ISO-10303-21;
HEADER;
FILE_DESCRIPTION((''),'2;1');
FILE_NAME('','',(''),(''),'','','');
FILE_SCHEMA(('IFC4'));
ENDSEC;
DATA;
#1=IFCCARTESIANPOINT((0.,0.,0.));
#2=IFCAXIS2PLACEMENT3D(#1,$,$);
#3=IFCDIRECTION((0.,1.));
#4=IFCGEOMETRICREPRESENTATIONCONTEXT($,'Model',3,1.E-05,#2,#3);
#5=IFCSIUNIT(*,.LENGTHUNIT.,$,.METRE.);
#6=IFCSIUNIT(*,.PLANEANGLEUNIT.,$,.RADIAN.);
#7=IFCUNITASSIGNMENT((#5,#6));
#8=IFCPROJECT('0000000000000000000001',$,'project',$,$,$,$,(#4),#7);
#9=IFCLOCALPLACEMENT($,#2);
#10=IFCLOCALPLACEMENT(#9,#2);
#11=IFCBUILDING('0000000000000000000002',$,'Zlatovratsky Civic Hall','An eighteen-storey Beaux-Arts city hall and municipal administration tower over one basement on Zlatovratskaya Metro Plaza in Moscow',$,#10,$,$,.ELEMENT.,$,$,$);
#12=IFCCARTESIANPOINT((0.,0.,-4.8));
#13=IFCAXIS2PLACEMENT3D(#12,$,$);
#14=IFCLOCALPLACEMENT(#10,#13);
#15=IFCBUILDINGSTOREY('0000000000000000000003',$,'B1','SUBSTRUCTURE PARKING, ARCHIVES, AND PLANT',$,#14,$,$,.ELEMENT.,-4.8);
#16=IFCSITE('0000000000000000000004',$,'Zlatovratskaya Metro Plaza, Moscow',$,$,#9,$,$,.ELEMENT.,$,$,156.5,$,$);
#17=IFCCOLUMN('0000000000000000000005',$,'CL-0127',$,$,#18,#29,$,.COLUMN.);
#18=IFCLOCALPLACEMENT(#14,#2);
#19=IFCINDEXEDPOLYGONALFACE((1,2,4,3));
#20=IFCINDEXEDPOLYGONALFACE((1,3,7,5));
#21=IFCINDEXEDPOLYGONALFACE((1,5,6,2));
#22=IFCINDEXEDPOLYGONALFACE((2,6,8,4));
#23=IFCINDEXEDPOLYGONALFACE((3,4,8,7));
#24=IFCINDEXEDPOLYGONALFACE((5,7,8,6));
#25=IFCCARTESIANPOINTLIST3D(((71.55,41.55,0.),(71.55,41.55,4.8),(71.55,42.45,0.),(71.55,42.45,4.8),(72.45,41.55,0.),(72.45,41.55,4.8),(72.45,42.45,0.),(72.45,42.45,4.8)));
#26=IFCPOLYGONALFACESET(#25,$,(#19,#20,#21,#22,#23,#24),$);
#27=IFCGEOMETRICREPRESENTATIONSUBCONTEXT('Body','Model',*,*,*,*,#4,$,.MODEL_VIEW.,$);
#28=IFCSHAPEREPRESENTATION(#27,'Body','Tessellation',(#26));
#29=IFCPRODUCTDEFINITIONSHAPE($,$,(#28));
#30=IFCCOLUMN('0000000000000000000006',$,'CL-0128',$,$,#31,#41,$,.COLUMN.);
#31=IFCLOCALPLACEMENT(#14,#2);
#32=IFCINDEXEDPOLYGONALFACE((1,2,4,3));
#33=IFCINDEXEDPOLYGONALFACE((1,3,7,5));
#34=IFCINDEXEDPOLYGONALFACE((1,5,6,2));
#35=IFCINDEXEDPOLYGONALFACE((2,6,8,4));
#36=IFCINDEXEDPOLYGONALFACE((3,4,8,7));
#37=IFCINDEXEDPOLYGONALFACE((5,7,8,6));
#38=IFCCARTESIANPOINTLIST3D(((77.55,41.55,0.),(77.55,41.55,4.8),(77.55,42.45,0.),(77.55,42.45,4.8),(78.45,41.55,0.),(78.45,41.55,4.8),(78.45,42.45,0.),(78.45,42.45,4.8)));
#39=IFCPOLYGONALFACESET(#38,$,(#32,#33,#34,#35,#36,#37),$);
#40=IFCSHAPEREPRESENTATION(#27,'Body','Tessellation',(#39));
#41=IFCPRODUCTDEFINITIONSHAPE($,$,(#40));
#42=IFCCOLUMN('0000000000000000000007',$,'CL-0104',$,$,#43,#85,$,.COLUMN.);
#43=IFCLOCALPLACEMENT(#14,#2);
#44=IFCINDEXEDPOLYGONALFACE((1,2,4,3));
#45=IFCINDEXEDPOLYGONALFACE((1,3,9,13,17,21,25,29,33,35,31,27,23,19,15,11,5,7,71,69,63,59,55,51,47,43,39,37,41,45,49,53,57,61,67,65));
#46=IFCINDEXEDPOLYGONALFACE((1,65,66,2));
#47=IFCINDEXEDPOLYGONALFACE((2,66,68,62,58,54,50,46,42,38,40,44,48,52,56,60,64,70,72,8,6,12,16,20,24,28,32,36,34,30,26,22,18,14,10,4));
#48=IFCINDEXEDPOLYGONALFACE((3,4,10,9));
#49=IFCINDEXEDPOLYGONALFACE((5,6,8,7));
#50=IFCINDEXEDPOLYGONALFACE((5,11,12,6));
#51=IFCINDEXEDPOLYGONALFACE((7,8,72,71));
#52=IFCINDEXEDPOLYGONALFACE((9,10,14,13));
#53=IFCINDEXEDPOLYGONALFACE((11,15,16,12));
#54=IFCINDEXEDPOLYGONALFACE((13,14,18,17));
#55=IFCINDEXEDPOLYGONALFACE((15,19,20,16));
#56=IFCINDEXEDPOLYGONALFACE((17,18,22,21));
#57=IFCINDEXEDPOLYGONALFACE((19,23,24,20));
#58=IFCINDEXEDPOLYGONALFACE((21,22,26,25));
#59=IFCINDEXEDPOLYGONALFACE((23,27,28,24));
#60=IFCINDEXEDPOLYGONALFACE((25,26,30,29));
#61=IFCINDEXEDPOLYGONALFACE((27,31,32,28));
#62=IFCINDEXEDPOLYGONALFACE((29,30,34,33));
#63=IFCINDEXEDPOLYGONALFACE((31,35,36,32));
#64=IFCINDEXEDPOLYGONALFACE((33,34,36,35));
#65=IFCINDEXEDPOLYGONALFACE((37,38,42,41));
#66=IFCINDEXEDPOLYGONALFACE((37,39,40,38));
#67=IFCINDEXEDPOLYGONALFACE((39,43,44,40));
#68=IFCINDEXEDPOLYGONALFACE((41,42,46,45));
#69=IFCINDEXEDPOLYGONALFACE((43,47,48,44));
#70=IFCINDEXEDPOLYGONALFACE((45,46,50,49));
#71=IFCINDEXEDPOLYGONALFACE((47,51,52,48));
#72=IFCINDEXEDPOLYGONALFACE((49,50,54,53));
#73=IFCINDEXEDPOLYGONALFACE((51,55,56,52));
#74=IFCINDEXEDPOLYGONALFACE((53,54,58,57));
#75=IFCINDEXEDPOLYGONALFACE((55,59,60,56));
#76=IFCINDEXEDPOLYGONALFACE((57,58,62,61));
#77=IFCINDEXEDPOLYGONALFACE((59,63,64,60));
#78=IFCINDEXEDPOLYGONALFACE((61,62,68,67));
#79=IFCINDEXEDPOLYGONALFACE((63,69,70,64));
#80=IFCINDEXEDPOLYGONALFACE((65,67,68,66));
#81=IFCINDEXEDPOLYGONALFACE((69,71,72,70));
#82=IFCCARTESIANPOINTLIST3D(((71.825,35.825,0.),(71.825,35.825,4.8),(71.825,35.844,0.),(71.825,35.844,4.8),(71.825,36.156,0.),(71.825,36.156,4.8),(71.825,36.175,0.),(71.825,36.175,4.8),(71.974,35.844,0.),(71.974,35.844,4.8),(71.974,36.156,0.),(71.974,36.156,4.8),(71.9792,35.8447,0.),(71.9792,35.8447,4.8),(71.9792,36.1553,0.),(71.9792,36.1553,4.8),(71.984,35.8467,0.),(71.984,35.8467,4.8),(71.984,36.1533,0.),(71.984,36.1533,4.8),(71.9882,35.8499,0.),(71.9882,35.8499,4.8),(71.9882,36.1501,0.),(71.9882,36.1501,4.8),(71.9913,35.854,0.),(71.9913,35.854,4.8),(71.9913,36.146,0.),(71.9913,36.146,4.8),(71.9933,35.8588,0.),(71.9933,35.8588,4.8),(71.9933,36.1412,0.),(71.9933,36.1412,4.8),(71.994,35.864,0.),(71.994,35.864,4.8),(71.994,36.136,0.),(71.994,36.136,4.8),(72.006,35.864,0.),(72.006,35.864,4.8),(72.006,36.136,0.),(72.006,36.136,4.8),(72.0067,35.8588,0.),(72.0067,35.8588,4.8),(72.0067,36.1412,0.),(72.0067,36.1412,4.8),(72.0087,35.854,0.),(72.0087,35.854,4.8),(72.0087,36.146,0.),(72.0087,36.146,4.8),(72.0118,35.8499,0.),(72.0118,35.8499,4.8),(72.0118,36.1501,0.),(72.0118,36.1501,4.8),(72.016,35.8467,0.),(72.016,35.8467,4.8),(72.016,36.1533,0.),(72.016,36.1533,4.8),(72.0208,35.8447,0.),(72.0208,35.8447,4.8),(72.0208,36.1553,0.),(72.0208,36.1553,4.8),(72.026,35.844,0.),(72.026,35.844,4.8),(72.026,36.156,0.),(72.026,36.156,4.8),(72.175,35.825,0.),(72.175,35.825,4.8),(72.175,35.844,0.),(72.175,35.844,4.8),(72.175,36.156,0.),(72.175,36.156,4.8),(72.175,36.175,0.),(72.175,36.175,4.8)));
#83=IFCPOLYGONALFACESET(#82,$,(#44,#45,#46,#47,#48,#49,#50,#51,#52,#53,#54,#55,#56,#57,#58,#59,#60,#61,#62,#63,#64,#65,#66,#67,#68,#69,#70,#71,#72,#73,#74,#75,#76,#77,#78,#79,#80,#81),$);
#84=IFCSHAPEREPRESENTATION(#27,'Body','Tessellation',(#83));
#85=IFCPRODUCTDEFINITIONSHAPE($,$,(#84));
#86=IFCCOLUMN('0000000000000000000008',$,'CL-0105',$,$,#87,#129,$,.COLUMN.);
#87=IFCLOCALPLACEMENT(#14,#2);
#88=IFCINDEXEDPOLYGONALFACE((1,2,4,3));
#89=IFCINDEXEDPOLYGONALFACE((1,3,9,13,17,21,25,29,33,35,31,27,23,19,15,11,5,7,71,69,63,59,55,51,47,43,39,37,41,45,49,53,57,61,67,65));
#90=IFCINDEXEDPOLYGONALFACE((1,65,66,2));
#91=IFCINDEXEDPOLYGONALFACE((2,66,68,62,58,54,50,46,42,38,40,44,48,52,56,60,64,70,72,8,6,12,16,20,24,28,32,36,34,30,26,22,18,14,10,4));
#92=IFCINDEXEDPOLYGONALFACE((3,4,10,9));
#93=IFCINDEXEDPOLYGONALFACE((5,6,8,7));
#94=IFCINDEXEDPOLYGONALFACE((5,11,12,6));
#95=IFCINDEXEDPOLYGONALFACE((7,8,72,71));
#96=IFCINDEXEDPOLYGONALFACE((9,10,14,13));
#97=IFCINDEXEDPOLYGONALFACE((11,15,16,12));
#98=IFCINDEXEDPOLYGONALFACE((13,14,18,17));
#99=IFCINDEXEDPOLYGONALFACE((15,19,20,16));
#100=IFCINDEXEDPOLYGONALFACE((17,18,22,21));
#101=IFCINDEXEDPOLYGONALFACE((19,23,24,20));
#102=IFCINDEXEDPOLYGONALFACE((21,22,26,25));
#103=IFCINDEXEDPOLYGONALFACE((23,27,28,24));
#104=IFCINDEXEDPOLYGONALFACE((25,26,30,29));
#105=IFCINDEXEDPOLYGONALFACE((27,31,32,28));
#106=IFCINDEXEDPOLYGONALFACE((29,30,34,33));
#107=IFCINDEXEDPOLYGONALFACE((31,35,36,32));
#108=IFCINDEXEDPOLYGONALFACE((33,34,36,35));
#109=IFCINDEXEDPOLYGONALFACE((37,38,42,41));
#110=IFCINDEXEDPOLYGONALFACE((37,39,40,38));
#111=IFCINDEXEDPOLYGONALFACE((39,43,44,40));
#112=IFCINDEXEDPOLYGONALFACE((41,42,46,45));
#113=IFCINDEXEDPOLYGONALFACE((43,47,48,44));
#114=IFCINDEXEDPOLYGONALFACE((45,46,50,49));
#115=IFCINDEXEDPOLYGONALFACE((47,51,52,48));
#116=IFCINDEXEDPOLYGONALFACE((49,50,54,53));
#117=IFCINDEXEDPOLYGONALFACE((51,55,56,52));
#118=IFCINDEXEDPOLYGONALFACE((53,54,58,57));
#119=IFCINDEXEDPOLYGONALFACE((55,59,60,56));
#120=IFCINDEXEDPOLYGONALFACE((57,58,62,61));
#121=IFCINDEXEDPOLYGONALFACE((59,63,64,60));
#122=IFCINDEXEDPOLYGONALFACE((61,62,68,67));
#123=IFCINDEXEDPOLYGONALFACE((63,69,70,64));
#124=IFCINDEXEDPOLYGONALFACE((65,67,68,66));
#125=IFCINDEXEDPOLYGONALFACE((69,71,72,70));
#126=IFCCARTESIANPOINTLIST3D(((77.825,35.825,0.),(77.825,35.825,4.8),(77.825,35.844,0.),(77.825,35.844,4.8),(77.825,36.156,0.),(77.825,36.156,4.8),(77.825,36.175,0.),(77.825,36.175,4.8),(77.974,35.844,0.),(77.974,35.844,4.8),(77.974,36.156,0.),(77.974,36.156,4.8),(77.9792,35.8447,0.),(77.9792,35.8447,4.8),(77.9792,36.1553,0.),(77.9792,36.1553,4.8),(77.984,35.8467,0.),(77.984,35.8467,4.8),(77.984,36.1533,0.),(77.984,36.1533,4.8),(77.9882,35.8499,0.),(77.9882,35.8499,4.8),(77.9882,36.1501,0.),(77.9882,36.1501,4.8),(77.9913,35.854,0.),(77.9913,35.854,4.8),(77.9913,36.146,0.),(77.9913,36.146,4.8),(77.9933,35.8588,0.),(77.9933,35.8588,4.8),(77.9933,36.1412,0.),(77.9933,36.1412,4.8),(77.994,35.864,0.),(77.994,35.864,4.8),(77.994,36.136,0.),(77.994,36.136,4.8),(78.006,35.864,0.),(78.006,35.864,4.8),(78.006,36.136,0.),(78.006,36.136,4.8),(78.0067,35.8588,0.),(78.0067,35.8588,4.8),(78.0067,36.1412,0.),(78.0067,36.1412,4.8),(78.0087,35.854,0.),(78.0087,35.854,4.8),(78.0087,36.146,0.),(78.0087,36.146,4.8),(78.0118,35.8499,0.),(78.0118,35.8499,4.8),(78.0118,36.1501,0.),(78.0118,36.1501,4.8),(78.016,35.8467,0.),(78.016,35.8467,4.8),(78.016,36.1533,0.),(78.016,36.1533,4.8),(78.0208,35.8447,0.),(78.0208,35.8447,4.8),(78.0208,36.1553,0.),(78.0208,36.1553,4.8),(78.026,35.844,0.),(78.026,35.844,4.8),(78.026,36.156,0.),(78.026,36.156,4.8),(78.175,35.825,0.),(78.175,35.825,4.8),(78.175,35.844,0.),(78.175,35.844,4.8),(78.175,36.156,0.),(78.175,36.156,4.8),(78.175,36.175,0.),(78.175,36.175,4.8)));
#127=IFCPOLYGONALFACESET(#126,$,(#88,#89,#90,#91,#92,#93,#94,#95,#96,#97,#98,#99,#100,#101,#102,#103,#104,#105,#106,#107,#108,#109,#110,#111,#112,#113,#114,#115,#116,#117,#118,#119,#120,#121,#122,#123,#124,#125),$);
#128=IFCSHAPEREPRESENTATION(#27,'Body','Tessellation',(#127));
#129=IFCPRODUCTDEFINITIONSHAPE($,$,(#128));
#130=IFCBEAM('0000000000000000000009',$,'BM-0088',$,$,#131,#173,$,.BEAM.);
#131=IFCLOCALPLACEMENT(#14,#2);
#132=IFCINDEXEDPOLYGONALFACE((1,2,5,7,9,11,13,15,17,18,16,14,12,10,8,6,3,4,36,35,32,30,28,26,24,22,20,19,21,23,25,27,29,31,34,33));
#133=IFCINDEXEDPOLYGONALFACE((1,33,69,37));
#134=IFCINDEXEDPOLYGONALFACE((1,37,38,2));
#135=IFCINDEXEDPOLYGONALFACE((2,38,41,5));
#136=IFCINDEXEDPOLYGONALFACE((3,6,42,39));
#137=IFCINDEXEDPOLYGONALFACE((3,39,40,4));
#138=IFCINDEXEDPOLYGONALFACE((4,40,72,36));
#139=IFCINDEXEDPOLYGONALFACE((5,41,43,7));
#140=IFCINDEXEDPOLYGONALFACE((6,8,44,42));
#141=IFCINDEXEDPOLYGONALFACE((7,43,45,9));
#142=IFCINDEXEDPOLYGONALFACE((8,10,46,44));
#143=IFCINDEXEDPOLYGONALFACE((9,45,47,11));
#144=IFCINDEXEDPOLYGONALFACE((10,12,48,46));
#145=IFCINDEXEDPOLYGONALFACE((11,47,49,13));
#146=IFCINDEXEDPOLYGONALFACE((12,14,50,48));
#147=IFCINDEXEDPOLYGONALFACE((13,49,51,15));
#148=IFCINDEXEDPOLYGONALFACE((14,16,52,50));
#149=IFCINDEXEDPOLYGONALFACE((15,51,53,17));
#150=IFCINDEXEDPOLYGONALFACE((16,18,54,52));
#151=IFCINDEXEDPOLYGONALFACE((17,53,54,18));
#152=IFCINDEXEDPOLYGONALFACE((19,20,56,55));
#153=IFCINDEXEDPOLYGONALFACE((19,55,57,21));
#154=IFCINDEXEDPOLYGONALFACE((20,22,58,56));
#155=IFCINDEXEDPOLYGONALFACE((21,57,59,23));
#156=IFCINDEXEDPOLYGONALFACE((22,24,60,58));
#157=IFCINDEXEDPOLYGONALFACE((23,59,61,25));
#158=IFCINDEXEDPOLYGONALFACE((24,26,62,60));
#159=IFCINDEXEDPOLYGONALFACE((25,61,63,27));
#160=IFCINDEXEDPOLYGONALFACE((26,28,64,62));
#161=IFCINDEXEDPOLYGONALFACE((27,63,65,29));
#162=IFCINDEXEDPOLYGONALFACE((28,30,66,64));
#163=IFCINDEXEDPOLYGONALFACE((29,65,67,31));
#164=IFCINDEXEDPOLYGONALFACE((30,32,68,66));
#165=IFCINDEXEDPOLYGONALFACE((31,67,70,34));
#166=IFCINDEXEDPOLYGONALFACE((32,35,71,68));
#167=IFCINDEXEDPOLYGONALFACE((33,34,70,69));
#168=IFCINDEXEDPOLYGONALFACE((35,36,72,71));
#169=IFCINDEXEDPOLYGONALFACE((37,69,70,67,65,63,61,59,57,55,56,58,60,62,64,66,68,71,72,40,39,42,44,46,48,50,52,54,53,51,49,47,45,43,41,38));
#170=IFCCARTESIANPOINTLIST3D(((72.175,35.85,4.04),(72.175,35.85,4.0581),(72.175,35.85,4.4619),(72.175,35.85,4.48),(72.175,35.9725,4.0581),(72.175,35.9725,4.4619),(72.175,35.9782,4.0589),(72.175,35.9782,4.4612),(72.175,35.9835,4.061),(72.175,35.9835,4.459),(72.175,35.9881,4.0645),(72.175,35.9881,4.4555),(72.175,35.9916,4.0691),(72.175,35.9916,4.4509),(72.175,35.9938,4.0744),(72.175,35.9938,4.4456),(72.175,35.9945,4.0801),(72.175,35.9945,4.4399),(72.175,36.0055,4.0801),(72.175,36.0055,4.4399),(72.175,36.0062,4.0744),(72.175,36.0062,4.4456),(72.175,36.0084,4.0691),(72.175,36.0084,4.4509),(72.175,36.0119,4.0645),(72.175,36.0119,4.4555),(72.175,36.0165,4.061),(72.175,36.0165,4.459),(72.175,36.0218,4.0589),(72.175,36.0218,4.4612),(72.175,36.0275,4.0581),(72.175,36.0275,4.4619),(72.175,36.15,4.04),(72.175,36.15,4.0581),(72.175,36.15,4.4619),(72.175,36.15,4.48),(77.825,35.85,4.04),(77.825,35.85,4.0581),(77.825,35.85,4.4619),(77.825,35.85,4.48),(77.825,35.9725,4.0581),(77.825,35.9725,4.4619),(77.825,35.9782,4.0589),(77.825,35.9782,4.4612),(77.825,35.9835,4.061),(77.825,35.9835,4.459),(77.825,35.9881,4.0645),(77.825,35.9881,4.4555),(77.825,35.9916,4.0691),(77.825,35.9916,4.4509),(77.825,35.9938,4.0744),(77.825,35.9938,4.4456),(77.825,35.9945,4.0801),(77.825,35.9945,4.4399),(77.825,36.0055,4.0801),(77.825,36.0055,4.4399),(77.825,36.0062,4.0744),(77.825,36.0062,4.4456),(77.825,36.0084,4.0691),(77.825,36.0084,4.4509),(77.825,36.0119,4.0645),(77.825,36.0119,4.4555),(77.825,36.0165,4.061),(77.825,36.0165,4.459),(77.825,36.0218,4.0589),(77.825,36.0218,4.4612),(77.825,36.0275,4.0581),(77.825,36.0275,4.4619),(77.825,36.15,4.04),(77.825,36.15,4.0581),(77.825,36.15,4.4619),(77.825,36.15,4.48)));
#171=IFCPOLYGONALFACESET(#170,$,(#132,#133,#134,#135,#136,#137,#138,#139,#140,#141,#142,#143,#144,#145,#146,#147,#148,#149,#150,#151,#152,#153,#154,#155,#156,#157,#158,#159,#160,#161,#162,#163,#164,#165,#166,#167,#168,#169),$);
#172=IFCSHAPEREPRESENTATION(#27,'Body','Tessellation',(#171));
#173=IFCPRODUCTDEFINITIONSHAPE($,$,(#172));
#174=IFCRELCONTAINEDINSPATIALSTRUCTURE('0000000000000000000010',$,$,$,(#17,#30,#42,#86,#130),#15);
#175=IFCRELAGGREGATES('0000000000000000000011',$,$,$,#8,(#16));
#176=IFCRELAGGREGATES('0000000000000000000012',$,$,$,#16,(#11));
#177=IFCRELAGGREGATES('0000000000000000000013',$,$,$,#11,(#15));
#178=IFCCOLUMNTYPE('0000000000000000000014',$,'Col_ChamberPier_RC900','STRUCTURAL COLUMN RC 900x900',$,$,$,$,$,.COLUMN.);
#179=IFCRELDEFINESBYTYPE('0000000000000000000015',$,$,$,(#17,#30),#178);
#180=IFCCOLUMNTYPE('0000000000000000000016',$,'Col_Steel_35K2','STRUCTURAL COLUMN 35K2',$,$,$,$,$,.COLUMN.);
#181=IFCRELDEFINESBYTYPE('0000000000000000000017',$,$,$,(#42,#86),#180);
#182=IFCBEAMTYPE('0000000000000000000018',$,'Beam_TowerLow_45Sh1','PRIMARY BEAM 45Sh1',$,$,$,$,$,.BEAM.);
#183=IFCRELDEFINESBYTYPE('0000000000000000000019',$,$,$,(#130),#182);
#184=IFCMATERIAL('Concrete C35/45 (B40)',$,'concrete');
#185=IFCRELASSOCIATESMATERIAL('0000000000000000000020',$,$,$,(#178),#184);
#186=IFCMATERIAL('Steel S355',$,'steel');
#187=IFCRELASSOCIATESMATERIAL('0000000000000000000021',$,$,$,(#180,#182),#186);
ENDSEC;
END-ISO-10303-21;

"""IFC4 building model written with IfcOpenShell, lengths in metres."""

from ifc_helpers import new_model, si_unit, direction, frame, origin, origin_2d, place, context, subcontext, project, spatial, rectangle, i_section, extrude, material, material_profile, profile_set, type_object, element, save


model = new_model("IFC4")

# Units and contexts
model_context = context("Model", 3, precision=1e-05, world=origin(), true_north=direction((0.0, 1.0)))
body_context = subcontext(model_context, "Body", "Model", "MODEL_VIEW")
ifc_project = project(units=[si_unit("LENGTHUNIT", "METRE"), si_unit("PLANEANGLEUNIT", "RADIAN")], contexts=[model_context])

# Site, building, storey
site_placement = place(None, origin())
site = spatial("IfcSite", under=ifc_project, at=site_placement, Name="Zlatovratskaya Metro Plaza, Moscow", CompositionType="ELEMENT", RefElevation=156.5)
building_placement = place(site_placement, origin())
building = spatial("IfcBuilding", under=site, at=building_placement, Name="Zlatovratsky Civic Hall", Description="An eighteen-storey Beaux-Arts city hall and municipal administration tower over one basement on Zlatovratskaya Metro Plaza in Moscow", CompositionType="ELEMENT")
storey_placement = place(building_placement, frame((0.0, 0.0, -4.8)))
storey = spatial("IfcBuildingStorey", under=building, at=storey_placement, Name="B1", Description="SUBSTRUCTURE PARKING, ARCHIVES, AND PLANT", CompositionType="ELEMENT", Elevation=-4.8)

# Columns
ifc_material_1 = material(Name="Concrete C35/45 (B40)", Category="concrete")
ifc_material_profile_1 = material_profile(ifc_material_1, rectangle(XDim=0.8999, YDim=0.8999, at=origin_2d()), Name="RC 900x900")
ifc_profile_set_1 = profile_set([ifc_material_profile_1], Name="Concrete C35/45 (B40)")
column_type_1 = type_object("IfcColumnType", Name="Col_ChamberPier_RC900", Description="STRUCTURAL COLUMN RC 900x900", PredefinedType="COLUMN", material=ifc_profile_set_1)
for number, where, z_axis, x_axis, name in (
    (1, (72.0, 42.0, 0.0), (0.0, 0.0, 1.0), (1.0, 0.0, 0.0), "CL-0127"),
    (2, (78.0, 42.0, 0.0), (0.0, 0.0, 1.0), (1.0, 0.0, 0.0), "CL-0128"),
):
    element("IfcColumn", number, at=place(storey_placement, frame(where, z_axis=z_axis, x_axis=x_axis)), inside=storey, type_object=column_type_1, Name=name, PredefinedType="COLUMN", context=body_context, shape_type="SweptSolid", body=[
        extrude(rectangle(XDim=0.8999, YDim=0.8999, at=origin_2d()), origin(), (0.0, 0.0, 1.0), 4.8),
    ])
ifc_material_2 = material(Name="Steel S355", Category="steel")
ifc_material_profile_2 = material_profile(ifc_material_2, i_section(OverallWidth=0.3501, OverallDepth=0.3501, WebThickness=0.012, FlangeThickness=0.019, FilletRadius=0.02, at=origin_2d()), Name="35K2")
ifc_profile_set_2 = profile_set([ifc_material_profile_2], Name="Steel S355")
column_type_2 = type_object("IfcColumnType", Name="Col_Steel_35K2", Description="STRUCTURAL COLUMN 35K2", PredefinedType="COLUMN", material=ifc_profile_set_2)
for number, where, z_axis, x_axis, name in (
    (3, (72.0, 36.0, 0.0), (0.0, 0.0, 1.0), (1.0, 0.0, 0.0), "CL-0104"),
    (4, (78.0, 36.0, 0.0), (0.0, 0.0, 1.0), (1.0, 0.0, 0.0), "CL-0105"),
):
    element("IfcColumn", number, at=place(storey_placement, frame(where, z_axis=z_axis, x_axis=x_axis)), inside=storey, type_object=column_type_2, Name=name, PredefinedType="COLUMN", context=body_context, shape_type="SweptSolid", body=[
        extrude(i_section(OverallWidth=0.3501, OverallDepth=0.3501, WebThickness=0.012, FlangeThickness=0.019, FilletRadius=0.02, at=origin_2d()), origin(), (0.0, 0.0, 1.0), 4.8),
    ])

# Beam
ifc_material_profile_3 = material_profile(ifc_material_2, i_section(OverallWidth=0.3, OverallDepth=0.4399, WebThickness=0.011, FlangeThickness=0.0181, FilletRadius=0.022, at=origin_2d()), Name="45Sh1")
ifc_profile_set_3 = profile_set([ifc_material_profile_3], Name="Steel S355")
beam_type = type_object("IfcBeamType", Name="Beam_TowerLow_45Sh1", Description="PRIMARY BEAM 45Sh1", PredefinedType="BEAM", material=ifc_profile_set_3)
for number, where, z_axis, x_axis, name in (
    (5, (72.175, 36.0, 4.26), (1.0, 0.0, 0.0), (0.0, 1.0, 0.0), "BM-0088"),
):
    element("IfcBeam", number, at=place(storey_placement, frame(where, z_axis=z_axis, x_axis=x_axis)), inside=storey, type_object=beam_type, Name=name, PredefinedType="BEAM", context=body_context, shape_type="SweptSolid", body=[
        extrude(i_section(OverallWidth=0.3, OverallDepth=0.4399, WebThickness=0.011, FlangeThickness=0.0181, FilletRadius=0.022, at=origin_2d()), origin(), (0.0, 0.0, 1.0), 5.6499),
    ])

save(model, "model.ifc")
